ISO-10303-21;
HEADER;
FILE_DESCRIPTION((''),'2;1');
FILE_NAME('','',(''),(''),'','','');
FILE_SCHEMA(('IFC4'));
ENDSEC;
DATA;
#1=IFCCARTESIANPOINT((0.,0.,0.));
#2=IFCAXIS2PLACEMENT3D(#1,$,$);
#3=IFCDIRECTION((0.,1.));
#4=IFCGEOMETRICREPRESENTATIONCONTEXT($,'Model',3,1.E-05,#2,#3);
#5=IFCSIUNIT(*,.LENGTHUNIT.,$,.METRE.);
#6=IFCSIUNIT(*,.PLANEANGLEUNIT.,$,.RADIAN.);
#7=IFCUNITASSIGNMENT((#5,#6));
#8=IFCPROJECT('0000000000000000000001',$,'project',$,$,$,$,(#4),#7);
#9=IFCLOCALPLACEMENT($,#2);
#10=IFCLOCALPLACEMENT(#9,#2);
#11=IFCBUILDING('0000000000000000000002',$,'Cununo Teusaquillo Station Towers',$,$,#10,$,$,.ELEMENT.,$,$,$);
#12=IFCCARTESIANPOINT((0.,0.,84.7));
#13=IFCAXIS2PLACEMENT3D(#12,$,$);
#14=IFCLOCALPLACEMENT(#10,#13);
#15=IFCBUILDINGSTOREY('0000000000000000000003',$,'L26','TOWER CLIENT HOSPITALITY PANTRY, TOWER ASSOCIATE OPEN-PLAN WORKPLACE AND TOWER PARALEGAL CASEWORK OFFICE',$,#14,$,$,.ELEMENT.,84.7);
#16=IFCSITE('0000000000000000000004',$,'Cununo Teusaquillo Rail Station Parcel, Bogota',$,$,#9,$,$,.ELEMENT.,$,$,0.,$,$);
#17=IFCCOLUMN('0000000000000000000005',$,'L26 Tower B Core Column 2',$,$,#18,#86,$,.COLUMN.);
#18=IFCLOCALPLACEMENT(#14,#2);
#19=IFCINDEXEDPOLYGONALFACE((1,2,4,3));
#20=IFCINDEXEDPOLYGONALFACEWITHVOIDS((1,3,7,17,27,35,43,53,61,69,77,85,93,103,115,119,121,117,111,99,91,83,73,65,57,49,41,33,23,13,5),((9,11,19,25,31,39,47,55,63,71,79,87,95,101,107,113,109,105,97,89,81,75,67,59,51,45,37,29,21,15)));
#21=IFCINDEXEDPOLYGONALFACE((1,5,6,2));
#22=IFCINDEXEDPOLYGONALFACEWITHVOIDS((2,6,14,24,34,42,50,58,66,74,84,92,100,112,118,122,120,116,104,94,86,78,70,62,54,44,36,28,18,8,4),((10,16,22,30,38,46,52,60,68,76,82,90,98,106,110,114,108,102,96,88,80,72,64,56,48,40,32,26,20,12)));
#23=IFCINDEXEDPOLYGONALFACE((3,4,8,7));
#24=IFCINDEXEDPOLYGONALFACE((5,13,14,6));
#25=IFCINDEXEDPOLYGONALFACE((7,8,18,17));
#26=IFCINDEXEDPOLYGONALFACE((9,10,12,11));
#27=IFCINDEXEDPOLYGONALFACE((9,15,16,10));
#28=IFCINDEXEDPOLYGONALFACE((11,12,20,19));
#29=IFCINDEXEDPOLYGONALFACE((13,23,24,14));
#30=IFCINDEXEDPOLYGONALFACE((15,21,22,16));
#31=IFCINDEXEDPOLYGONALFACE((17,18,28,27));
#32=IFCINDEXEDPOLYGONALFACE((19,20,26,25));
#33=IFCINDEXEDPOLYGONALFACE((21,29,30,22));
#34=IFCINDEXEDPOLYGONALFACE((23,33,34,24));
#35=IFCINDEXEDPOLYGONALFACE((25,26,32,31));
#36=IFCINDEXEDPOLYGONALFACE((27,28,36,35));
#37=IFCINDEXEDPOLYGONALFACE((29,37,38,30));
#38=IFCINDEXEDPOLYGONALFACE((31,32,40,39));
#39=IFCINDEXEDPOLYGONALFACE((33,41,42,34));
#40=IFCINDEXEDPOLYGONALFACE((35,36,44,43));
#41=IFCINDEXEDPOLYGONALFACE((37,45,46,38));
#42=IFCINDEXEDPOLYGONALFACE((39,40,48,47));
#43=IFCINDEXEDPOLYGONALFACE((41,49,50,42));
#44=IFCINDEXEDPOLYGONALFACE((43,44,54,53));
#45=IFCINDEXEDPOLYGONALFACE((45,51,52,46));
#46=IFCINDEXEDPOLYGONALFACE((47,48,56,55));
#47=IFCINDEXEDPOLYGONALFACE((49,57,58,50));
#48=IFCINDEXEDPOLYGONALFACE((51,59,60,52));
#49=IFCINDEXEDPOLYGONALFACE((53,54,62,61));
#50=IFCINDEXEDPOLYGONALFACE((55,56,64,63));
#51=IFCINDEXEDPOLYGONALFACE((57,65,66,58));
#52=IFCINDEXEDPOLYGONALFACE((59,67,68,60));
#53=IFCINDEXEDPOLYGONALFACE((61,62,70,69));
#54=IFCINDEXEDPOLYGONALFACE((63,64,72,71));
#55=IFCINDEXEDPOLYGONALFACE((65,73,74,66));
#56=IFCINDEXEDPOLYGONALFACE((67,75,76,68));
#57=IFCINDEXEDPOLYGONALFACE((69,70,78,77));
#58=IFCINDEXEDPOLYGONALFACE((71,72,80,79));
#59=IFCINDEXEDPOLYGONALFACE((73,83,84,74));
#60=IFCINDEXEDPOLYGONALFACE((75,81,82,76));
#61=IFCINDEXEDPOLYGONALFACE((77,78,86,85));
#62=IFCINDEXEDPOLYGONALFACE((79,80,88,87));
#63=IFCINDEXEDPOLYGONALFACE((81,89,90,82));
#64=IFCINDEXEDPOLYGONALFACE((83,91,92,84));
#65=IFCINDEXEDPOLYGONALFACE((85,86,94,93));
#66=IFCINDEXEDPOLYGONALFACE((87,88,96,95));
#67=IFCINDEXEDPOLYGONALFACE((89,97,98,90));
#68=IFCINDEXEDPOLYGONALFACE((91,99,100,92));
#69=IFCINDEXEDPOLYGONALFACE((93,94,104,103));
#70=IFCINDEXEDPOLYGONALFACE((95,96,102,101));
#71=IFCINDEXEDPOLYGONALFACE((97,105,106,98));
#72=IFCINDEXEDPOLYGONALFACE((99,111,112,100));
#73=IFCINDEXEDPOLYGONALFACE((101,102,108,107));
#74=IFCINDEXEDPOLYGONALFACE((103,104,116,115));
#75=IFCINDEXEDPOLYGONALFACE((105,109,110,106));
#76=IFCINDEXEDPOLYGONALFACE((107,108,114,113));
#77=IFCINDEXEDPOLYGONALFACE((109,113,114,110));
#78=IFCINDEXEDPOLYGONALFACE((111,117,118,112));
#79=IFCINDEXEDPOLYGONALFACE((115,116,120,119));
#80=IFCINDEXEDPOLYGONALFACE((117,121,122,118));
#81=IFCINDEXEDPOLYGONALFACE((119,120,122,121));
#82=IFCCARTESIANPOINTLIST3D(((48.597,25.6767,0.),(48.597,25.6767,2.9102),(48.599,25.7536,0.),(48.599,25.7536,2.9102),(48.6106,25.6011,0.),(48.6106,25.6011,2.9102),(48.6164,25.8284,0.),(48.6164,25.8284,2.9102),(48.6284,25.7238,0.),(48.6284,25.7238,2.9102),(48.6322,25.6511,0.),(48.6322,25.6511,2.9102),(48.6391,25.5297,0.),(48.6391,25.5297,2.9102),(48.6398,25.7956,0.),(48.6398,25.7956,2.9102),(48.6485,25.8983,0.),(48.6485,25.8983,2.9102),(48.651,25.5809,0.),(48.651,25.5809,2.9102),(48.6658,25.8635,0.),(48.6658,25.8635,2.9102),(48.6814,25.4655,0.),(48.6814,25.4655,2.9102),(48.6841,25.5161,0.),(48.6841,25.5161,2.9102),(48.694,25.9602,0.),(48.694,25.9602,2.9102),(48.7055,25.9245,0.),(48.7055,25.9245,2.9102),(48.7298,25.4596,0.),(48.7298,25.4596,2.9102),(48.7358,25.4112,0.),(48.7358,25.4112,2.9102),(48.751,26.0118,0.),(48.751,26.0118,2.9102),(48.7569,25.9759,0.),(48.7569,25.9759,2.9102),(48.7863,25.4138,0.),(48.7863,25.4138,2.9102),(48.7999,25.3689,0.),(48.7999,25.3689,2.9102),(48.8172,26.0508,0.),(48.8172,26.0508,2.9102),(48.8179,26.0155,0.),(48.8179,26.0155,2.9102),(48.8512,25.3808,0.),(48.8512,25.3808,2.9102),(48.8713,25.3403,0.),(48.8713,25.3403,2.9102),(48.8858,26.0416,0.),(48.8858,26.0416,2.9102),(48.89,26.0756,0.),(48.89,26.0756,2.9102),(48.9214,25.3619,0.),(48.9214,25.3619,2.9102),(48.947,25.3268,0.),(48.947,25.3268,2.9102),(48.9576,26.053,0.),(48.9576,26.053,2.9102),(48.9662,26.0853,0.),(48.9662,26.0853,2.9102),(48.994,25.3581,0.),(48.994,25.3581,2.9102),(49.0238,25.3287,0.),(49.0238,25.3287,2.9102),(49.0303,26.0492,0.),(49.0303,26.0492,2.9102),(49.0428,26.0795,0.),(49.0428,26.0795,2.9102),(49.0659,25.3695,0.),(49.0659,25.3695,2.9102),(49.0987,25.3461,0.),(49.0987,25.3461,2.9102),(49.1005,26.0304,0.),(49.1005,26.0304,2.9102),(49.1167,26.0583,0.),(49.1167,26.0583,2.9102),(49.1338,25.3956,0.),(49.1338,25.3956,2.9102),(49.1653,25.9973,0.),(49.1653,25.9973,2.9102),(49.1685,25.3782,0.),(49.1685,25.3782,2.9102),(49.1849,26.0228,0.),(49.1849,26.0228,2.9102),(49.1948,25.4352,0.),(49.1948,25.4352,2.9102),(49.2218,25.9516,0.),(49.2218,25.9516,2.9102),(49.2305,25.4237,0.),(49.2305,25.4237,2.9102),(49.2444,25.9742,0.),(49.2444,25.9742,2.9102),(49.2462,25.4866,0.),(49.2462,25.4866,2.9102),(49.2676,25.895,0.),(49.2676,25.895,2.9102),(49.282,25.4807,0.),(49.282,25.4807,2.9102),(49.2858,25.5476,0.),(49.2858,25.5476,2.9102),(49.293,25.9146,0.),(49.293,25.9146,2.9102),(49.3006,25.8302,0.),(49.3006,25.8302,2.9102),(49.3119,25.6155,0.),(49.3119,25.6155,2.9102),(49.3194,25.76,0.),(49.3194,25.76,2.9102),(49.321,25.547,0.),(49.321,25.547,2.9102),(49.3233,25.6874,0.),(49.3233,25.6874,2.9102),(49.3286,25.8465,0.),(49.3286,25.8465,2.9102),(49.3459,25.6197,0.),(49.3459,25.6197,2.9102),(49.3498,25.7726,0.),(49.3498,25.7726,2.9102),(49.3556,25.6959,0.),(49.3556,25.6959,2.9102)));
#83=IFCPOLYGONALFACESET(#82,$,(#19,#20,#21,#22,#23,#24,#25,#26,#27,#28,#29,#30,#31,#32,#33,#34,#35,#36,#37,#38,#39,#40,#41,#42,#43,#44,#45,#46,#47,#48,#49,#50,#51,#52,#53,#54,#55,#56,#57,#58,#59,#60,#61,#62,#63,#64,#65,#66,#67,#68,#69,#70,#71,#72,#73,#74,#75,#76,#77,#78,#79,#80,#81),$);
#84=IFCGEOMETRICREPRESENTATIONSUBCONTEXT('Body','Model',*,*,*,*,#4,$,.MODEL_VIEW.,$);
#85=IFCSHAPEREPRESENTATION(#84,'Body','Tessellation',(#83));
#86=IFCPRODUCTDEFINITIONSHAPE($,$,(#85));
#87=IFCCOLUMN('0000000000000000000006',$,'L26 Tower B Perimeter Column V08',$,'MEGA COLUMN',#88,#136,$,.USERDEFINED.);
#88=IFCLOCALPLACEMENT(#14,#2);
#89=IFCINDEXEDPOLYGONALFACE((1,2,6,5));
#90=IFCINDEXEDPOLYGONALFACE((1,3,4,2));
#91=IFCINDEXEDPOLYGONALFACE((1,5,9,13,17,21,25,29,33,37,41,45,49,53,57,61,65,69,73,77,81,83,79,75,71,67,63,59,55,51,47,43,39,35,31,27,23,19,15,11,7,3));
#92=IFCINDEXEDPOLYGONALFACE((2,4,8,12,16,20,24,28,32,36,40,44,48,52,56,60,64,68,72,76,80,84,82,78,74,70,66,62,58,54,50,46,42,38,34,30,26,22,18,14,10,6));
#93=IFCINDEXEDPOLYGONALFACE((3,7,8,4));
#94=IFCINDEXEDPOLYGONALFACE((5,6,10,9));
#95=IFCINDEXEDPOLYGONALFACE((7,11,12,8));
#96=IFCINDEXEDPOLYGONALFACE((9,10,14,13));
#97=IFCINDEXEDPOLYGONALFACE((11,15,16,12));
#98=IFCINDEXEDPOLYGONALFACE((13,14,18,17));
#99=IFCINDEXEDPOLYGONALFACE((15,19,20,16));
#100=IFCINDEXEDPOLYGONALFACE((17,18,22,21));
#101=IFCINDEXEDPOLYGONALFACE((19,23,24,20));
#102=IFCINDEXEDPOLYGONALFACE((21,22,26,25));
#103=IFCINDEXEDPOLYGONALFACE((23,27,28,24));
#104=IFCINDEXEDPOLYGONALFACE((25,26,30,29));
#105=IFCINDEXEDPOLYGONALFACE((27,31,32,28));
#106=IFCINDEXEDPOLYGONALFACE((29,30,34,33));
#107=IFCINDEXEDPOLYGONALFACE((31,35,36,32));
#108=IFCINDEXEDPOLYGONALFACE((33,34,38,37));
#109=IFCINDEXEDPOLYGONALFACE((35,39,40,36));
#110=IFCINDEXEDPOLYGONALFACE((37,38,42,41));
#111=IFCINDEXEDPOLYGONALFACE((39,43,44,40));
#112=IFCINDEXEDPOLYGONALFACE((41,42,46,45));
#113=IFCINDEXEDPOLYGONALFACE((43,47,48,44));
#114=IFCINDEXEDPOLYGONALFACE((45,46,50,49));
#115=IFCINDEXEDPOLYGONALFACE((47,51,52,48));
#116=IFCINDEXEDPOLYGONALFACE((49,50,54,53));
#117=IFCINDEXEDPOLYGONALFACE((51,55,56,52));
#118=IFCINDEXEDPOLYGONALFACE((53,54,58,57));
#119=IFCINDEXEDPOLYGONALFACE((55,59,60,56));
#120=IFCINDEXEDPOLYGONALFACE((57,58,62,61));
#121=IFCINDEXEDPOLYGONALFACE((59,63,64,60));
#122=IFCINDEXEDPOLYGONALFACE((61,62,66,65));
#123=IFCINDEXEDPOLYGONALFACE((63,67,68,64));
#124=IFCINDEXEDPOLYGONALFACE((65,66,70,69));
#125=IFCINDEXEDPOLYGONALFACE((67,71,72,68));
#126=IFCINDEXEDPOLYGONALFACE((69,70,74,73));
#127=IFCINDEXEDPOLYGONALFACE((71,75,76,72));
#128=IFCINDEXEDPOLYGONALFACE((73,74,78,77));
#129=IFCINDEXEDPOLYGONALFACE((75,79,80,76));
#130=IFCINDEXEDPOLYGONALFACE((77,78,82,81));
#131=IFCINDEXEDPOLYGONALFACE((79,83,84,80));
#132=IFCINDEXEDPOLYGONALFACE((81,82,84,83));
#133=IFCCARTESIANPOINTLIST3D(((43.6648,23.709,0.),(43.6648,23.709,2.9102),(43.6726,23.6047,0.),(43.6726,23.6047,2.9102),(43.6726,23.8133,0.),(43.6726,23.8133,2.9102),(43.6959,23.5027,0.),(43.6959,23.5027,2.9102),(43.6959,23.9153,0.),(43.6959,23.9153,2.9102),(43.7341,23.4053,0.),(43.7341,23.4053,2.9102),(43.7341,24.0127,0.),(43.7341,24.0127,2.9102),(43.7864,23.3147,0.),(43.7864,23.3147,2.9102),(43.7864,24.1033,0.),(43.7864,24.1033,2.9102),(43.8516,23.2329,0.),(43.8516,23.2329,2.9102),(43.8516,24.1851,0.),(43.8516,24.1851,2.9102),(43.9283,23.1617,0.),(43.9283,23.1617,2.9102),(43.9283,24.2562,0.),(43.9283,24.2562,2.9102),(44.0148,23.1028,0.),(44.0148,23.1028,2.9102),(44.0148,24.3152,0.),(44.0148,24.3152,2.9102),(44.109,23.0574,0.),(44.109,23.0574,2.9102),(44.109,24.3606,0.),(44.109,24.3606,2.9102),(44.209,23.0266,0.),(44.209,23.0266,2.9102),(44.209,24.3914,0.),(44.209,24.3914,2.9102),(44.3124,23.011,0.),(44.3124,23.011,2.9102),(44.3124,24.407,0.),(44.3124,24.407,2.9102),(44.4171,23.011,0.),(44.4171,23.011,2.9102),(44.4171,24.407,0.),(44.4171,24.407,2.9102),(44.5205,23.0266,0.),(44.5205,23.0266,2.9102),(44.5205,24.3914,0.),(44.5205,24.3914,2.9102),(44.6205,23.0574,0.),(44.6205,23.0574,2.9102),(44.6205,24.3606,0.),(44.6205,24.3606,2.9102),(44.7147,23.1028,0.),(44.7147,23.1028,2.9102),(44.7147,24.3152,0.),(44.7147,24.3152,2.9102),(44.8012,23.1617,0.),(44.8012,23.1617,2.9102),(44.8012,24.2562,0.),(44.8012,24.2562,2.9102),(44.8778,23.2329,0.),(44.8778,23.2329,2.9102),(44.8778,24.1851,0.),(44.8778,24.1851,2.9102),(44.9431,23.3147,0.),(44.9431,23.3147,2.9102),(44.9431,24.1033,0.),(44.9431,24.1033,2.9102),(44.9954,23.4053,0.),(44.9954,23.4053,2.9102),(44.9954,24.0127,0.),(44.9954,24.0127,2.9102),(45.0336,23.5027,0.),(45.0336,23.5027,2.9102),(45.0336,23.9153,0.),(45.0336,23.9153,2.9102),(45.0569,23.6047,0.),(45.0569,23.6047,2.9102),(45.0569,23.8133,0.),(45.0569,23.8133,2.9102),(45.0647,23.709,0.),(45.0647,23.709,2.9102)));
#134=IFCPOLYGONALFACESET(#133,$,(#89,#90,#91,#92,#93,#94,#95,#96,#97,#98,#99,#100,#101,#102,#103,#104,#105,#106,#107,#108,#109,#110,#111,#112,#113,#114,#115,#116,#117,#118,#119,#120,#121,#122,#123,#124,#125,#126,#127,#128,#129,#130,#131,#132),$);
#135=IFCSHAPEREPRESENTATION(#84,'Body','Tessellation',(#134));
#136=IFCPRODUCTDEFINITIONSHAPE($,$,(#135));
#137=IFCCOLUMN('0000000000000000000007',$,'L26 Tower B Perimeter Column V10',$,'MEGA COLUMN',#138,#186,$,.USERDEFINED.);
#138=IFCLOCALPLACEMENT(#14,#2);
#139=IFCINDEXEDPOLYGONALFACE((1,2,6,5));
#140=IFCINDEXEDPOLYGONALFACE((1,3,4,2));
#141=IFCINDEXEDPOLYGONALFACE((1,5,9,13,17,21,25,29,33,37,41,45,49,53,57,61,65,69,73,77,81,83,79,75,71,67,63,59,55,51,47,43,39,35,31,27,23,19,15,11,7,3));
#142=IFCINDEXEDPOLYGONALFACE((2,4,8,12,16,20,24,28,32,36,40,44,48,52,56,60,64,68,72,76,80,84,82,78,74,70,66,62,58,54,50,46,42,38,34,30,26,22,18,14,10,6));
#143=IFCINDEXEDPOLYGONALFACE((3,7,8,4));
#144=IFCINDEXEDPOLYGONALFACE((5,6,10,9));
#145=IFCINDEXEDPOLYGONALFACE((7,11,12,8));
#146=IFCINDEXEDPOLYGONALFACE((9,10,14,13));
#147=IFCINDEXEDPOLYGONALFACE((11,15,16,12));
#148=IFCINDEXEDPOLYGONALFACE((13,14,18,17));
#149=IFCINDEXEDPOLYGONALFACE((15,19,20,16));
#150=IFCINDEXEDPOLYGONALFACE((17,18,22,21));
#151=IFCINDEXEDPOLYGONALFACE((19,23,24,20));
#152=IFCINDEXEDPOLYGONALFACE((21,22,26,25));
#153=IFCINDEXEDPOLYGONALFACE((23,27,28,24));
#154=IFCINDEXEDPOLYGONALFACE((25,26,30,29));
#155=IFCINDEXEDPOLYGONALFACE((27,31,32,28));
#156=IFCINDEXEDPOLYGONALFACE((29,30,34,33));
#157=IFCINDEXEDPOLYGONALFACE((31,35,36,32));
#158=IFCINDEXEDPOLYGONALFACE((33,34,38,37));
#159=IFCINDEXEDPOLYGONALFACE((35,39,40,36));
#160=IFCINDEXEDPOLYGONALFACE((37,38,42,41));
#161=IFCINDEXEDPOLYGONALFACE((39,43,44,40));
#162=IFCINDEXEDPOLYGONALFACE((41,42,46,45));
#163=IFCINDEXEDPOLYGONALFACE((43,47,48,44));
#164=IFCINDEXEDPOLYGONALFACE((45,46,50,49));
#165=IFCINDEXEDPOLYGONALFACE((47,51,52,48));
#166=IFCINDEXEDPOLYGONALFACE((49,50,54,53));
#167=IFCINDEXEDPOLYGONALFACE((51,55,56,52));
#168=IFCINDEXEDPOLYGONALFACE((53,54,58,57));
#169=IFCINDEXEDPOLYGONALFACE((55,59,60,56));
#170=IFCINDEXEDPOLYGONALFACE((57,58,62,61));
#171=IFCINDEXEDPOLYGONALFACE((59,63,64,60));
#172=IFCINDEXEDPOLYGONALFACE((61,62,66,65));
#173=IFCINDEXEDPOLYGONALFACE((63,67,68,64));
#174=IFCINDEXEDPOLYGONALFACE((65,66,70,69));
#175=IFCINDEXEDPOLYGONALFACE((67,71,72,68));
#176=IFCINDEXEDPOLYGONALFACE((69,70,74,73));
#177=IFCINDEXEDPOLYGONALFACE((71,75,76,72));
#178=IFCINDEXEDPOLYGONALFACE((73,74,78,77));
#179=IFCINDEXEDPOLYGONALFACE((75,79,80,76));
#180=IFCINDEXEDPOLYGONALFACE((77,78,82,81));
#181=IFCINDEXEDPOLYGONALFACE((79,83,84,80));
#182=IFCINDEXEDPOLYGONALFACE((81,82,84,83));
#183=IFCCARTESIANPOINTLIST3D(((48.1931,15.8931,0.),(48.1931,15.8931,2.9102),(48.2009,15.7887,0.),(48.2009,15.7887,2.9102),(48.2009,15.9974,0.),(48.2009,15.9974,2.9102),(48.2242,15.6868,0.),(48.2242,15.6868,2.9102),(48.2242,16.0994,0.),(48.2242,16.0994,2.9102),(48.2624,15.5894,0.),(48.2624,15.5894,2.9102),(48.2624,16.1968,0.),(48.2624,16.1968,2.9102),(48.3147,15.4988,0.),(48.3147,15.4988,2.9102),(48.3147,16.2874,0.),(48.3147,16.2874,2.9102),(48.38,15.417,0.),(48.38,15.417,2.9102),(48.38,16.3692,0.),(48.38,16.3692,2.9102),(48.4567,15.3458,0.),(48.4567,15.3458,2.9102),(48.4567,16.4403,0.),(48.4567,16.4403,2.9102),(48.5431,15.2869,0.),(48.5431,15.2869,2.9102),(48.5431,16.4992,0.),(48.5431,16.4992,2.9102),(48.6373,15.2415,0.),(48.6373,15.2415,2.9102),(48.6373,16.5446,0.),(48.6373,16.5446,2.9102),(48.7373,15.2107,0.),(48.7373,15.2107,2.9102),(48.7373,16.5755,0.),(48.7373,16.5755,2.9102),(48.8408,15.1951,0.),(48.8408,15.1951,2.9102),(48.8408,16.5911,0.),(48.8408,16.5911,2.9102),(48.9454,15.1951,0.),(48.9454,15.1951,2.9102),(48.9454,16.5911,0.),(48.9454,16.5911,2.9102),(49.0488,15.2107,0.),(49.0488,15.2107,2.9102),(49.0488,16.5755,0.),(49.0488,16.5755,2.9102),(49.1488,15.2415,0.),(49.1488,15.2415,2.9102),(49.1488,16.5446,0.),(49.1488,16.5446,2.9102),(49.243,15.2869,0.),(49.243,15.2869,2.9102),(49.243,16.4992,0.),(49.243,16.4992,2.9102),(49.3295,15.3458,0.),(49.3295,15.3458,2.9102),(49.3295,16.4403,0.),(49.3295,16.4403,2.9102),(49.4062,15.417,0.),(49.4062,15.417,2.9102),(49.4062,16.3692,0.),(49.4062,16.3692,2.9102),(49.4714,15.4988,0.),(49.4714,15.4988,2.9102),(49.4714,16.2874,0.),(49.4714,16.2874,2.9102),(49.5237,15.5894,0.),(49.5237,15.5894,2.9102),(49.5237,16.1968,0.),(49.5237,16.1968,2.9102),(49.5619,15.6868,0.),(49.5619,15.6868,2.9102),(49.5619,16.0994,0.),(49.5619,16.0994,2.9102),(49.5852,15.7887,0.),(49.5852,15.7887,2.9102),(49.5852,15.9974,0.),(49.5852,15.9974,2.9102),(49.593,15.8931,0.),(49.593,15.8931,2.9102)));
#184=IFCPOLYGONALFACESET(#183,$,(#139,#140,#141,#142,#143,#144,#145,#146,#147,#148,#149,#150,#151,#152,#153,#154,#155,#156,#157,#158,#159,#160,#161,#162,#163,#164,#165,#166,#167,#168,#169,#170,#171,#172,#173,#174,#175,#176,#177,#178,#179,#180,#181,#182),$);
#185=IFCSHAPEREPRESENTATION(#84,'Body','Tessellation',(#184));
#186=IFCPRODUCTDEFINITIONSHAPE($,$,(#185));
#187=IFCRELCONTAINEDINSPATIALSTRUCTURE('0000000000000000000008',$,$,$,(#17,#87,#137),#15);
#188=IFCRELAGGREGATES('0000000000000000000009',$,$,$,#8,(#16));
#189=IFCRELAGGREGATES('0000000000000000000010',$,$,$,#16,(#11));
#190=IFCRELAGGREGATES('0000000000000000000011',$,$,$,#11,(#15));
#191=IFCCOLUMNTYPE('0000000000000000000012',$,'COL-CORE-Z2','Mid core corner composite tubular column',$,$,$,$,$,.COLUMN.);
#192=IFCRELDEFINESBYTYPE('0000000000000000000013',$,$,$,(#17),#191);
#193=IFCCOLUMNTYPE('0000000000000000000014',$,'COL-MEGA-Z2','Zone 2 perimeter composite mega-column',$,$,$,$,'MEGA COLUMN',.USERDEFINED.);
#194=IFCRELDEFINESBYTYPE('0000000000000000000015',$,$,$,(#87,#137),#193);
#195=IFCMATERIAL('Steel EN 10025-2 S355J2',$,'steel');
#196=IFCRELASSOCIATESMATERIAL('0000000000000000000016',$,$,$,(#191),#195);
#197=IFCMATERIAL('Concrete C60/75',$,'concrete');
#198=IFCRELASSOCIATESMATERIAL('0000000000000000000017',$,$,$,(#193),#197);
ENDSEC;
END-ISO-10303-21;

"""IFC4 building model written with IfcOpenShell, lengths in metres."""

from ifc_helpers import new_model, si_unit, direction, frame, origin, origin_2d, place, context, subcontext, project, spatial, circle, hollow_circle, extrude, material, material_profile, profile_set, type_object, element, save


model = new_model("IFC4")

# Units and contexts
model_context = context("Model", 3, precision=1e-05, world=origin(), true_north=direction((0.0, 1.0)))
body_context = subcontext(model_context, "Body", "Model", "MODEL_VIEW")
ifc_project = project(units=[si_unit("LENGTHUNIT", "METRE"), si_unit("PLANEANGLEUNIT", "RADIAN")], contexts=[model_context])

# Site, building, storey
site_placement = place(None, origin())
site = spatial("IfcSite", under=ifc_project, at=site_placement, Name="Cununo Teusaquillo Rail Station Parcel, Bogota", CompositionType="ELEMENT", RefElevation=0.0)
building_placement = place(site_placement, origin())
building = spatial("IfcBuilding", under=site, at=building_placement, Name="Cununo Teusaquillo Station Towers", CompositionType="ELEMENT")
storey_placement = place(building_placement, frame((0.0, 0.0, 84.7)))
storey = spatial("IfcBuildingStorey", under=building, at=storey_placement, Name="L26", Description="TOWER CLIENT HOSPITALITY PANTRY, TOWER ASSOCIATE OPEN-PLAN WORKPLACE AND TOWER PARALEGAL CASEWORK OFFICE", CompositionType="ELEMENT", Elevation=84.7)

# Columns
ifc_material_1 = material(Name="Steel EN 10025-2 S355J2", Category="steel")
ifc_material_profile_1 = material_profile(ifc_material_1, hollow_circle(Radius=0.3799, WallThickness=0.032, at=origin_2d()), Name="CHS 760x32")
ifc_profile_set_1 = profile_set([ifc_material_profile_1], Name="Steel EN 10025-2 S355J2")
column_type_1 = type_object("IfcColumnType", Name="COL-CORE-Z2", Description="Mid core corner composite tubular column", PredefinedType="COLUMN", material=ifc_profile_set_1)
column_placement = place(storey_placement, frame((48.9758, 25.7056, 0.0), z_axis=(0.0, 0.0, 1.0), x_axis=(0.707107, 0.707107, 0.0)))
element("IfcColumn", 1, at=column_placement, inside=storey, type_object=column_type_1, Name="L26 Tower B Core Column 2", PredefinedType="COLUMN", context=body_context, shape_type="SweptSolid", body=[
    extrude(hollow_circle(Radius=0.3799, WallThickness=0.032, at=origin_2d()), origin(), (0.0, 0.0, 1.0), 2.9102),
])
ifc_material_2 = material(Name="Concrete C60/75", Category="concrete")
ifc_material_profile_2 = material_profile(ifc_material_2, circle(Radius=0.7, at=origin_2d()), Name="RC-CIRC-1400")
ifc_profile_set_2 = profile_set([ifc_material_profile_2], Name="Concrete C60/75")
column_type_2 = type_object("IfcColumnType", Name="COL-MEGA-Z2", Description="Zone 2 perimeter composite mega-column", ElementType="MEGA COLUMN", PredefinedType="USERDEFINED", material=ifc_profile_set_2)
for number, where, z_axis, x_axis, name in (
    (2, (44.3647, 23.709, 0.0), (0.0, 0.0, 1.0), (1.0, 0.0, 0.0), "L26 Tower B Perimeter Column V08"),
    (3, (48.8931, 15.8931, 0.0), (0.0, 0.0, 1.0), (1.0, 0.0, 0.0), "L26 Tower B Perimeter Column V10"),
):
    element("IfcColumn", number, at=place(storey_placement, frame(where, z_axis=z_axis, x_axis=x_axis)), inside=storey, type_object=column_type_2, Name=name, ObjectType="MEGA COLUMN", PredefinedType="USERDEFINED", context=body_context, shape_type="SweptSolid", body=[
        extrude(circle(Radius=0.7, at=origin_2d()), origin(), (0.0, 0.0, 1.0), 2.9102),
    ])

save(model, "model.ifc")
